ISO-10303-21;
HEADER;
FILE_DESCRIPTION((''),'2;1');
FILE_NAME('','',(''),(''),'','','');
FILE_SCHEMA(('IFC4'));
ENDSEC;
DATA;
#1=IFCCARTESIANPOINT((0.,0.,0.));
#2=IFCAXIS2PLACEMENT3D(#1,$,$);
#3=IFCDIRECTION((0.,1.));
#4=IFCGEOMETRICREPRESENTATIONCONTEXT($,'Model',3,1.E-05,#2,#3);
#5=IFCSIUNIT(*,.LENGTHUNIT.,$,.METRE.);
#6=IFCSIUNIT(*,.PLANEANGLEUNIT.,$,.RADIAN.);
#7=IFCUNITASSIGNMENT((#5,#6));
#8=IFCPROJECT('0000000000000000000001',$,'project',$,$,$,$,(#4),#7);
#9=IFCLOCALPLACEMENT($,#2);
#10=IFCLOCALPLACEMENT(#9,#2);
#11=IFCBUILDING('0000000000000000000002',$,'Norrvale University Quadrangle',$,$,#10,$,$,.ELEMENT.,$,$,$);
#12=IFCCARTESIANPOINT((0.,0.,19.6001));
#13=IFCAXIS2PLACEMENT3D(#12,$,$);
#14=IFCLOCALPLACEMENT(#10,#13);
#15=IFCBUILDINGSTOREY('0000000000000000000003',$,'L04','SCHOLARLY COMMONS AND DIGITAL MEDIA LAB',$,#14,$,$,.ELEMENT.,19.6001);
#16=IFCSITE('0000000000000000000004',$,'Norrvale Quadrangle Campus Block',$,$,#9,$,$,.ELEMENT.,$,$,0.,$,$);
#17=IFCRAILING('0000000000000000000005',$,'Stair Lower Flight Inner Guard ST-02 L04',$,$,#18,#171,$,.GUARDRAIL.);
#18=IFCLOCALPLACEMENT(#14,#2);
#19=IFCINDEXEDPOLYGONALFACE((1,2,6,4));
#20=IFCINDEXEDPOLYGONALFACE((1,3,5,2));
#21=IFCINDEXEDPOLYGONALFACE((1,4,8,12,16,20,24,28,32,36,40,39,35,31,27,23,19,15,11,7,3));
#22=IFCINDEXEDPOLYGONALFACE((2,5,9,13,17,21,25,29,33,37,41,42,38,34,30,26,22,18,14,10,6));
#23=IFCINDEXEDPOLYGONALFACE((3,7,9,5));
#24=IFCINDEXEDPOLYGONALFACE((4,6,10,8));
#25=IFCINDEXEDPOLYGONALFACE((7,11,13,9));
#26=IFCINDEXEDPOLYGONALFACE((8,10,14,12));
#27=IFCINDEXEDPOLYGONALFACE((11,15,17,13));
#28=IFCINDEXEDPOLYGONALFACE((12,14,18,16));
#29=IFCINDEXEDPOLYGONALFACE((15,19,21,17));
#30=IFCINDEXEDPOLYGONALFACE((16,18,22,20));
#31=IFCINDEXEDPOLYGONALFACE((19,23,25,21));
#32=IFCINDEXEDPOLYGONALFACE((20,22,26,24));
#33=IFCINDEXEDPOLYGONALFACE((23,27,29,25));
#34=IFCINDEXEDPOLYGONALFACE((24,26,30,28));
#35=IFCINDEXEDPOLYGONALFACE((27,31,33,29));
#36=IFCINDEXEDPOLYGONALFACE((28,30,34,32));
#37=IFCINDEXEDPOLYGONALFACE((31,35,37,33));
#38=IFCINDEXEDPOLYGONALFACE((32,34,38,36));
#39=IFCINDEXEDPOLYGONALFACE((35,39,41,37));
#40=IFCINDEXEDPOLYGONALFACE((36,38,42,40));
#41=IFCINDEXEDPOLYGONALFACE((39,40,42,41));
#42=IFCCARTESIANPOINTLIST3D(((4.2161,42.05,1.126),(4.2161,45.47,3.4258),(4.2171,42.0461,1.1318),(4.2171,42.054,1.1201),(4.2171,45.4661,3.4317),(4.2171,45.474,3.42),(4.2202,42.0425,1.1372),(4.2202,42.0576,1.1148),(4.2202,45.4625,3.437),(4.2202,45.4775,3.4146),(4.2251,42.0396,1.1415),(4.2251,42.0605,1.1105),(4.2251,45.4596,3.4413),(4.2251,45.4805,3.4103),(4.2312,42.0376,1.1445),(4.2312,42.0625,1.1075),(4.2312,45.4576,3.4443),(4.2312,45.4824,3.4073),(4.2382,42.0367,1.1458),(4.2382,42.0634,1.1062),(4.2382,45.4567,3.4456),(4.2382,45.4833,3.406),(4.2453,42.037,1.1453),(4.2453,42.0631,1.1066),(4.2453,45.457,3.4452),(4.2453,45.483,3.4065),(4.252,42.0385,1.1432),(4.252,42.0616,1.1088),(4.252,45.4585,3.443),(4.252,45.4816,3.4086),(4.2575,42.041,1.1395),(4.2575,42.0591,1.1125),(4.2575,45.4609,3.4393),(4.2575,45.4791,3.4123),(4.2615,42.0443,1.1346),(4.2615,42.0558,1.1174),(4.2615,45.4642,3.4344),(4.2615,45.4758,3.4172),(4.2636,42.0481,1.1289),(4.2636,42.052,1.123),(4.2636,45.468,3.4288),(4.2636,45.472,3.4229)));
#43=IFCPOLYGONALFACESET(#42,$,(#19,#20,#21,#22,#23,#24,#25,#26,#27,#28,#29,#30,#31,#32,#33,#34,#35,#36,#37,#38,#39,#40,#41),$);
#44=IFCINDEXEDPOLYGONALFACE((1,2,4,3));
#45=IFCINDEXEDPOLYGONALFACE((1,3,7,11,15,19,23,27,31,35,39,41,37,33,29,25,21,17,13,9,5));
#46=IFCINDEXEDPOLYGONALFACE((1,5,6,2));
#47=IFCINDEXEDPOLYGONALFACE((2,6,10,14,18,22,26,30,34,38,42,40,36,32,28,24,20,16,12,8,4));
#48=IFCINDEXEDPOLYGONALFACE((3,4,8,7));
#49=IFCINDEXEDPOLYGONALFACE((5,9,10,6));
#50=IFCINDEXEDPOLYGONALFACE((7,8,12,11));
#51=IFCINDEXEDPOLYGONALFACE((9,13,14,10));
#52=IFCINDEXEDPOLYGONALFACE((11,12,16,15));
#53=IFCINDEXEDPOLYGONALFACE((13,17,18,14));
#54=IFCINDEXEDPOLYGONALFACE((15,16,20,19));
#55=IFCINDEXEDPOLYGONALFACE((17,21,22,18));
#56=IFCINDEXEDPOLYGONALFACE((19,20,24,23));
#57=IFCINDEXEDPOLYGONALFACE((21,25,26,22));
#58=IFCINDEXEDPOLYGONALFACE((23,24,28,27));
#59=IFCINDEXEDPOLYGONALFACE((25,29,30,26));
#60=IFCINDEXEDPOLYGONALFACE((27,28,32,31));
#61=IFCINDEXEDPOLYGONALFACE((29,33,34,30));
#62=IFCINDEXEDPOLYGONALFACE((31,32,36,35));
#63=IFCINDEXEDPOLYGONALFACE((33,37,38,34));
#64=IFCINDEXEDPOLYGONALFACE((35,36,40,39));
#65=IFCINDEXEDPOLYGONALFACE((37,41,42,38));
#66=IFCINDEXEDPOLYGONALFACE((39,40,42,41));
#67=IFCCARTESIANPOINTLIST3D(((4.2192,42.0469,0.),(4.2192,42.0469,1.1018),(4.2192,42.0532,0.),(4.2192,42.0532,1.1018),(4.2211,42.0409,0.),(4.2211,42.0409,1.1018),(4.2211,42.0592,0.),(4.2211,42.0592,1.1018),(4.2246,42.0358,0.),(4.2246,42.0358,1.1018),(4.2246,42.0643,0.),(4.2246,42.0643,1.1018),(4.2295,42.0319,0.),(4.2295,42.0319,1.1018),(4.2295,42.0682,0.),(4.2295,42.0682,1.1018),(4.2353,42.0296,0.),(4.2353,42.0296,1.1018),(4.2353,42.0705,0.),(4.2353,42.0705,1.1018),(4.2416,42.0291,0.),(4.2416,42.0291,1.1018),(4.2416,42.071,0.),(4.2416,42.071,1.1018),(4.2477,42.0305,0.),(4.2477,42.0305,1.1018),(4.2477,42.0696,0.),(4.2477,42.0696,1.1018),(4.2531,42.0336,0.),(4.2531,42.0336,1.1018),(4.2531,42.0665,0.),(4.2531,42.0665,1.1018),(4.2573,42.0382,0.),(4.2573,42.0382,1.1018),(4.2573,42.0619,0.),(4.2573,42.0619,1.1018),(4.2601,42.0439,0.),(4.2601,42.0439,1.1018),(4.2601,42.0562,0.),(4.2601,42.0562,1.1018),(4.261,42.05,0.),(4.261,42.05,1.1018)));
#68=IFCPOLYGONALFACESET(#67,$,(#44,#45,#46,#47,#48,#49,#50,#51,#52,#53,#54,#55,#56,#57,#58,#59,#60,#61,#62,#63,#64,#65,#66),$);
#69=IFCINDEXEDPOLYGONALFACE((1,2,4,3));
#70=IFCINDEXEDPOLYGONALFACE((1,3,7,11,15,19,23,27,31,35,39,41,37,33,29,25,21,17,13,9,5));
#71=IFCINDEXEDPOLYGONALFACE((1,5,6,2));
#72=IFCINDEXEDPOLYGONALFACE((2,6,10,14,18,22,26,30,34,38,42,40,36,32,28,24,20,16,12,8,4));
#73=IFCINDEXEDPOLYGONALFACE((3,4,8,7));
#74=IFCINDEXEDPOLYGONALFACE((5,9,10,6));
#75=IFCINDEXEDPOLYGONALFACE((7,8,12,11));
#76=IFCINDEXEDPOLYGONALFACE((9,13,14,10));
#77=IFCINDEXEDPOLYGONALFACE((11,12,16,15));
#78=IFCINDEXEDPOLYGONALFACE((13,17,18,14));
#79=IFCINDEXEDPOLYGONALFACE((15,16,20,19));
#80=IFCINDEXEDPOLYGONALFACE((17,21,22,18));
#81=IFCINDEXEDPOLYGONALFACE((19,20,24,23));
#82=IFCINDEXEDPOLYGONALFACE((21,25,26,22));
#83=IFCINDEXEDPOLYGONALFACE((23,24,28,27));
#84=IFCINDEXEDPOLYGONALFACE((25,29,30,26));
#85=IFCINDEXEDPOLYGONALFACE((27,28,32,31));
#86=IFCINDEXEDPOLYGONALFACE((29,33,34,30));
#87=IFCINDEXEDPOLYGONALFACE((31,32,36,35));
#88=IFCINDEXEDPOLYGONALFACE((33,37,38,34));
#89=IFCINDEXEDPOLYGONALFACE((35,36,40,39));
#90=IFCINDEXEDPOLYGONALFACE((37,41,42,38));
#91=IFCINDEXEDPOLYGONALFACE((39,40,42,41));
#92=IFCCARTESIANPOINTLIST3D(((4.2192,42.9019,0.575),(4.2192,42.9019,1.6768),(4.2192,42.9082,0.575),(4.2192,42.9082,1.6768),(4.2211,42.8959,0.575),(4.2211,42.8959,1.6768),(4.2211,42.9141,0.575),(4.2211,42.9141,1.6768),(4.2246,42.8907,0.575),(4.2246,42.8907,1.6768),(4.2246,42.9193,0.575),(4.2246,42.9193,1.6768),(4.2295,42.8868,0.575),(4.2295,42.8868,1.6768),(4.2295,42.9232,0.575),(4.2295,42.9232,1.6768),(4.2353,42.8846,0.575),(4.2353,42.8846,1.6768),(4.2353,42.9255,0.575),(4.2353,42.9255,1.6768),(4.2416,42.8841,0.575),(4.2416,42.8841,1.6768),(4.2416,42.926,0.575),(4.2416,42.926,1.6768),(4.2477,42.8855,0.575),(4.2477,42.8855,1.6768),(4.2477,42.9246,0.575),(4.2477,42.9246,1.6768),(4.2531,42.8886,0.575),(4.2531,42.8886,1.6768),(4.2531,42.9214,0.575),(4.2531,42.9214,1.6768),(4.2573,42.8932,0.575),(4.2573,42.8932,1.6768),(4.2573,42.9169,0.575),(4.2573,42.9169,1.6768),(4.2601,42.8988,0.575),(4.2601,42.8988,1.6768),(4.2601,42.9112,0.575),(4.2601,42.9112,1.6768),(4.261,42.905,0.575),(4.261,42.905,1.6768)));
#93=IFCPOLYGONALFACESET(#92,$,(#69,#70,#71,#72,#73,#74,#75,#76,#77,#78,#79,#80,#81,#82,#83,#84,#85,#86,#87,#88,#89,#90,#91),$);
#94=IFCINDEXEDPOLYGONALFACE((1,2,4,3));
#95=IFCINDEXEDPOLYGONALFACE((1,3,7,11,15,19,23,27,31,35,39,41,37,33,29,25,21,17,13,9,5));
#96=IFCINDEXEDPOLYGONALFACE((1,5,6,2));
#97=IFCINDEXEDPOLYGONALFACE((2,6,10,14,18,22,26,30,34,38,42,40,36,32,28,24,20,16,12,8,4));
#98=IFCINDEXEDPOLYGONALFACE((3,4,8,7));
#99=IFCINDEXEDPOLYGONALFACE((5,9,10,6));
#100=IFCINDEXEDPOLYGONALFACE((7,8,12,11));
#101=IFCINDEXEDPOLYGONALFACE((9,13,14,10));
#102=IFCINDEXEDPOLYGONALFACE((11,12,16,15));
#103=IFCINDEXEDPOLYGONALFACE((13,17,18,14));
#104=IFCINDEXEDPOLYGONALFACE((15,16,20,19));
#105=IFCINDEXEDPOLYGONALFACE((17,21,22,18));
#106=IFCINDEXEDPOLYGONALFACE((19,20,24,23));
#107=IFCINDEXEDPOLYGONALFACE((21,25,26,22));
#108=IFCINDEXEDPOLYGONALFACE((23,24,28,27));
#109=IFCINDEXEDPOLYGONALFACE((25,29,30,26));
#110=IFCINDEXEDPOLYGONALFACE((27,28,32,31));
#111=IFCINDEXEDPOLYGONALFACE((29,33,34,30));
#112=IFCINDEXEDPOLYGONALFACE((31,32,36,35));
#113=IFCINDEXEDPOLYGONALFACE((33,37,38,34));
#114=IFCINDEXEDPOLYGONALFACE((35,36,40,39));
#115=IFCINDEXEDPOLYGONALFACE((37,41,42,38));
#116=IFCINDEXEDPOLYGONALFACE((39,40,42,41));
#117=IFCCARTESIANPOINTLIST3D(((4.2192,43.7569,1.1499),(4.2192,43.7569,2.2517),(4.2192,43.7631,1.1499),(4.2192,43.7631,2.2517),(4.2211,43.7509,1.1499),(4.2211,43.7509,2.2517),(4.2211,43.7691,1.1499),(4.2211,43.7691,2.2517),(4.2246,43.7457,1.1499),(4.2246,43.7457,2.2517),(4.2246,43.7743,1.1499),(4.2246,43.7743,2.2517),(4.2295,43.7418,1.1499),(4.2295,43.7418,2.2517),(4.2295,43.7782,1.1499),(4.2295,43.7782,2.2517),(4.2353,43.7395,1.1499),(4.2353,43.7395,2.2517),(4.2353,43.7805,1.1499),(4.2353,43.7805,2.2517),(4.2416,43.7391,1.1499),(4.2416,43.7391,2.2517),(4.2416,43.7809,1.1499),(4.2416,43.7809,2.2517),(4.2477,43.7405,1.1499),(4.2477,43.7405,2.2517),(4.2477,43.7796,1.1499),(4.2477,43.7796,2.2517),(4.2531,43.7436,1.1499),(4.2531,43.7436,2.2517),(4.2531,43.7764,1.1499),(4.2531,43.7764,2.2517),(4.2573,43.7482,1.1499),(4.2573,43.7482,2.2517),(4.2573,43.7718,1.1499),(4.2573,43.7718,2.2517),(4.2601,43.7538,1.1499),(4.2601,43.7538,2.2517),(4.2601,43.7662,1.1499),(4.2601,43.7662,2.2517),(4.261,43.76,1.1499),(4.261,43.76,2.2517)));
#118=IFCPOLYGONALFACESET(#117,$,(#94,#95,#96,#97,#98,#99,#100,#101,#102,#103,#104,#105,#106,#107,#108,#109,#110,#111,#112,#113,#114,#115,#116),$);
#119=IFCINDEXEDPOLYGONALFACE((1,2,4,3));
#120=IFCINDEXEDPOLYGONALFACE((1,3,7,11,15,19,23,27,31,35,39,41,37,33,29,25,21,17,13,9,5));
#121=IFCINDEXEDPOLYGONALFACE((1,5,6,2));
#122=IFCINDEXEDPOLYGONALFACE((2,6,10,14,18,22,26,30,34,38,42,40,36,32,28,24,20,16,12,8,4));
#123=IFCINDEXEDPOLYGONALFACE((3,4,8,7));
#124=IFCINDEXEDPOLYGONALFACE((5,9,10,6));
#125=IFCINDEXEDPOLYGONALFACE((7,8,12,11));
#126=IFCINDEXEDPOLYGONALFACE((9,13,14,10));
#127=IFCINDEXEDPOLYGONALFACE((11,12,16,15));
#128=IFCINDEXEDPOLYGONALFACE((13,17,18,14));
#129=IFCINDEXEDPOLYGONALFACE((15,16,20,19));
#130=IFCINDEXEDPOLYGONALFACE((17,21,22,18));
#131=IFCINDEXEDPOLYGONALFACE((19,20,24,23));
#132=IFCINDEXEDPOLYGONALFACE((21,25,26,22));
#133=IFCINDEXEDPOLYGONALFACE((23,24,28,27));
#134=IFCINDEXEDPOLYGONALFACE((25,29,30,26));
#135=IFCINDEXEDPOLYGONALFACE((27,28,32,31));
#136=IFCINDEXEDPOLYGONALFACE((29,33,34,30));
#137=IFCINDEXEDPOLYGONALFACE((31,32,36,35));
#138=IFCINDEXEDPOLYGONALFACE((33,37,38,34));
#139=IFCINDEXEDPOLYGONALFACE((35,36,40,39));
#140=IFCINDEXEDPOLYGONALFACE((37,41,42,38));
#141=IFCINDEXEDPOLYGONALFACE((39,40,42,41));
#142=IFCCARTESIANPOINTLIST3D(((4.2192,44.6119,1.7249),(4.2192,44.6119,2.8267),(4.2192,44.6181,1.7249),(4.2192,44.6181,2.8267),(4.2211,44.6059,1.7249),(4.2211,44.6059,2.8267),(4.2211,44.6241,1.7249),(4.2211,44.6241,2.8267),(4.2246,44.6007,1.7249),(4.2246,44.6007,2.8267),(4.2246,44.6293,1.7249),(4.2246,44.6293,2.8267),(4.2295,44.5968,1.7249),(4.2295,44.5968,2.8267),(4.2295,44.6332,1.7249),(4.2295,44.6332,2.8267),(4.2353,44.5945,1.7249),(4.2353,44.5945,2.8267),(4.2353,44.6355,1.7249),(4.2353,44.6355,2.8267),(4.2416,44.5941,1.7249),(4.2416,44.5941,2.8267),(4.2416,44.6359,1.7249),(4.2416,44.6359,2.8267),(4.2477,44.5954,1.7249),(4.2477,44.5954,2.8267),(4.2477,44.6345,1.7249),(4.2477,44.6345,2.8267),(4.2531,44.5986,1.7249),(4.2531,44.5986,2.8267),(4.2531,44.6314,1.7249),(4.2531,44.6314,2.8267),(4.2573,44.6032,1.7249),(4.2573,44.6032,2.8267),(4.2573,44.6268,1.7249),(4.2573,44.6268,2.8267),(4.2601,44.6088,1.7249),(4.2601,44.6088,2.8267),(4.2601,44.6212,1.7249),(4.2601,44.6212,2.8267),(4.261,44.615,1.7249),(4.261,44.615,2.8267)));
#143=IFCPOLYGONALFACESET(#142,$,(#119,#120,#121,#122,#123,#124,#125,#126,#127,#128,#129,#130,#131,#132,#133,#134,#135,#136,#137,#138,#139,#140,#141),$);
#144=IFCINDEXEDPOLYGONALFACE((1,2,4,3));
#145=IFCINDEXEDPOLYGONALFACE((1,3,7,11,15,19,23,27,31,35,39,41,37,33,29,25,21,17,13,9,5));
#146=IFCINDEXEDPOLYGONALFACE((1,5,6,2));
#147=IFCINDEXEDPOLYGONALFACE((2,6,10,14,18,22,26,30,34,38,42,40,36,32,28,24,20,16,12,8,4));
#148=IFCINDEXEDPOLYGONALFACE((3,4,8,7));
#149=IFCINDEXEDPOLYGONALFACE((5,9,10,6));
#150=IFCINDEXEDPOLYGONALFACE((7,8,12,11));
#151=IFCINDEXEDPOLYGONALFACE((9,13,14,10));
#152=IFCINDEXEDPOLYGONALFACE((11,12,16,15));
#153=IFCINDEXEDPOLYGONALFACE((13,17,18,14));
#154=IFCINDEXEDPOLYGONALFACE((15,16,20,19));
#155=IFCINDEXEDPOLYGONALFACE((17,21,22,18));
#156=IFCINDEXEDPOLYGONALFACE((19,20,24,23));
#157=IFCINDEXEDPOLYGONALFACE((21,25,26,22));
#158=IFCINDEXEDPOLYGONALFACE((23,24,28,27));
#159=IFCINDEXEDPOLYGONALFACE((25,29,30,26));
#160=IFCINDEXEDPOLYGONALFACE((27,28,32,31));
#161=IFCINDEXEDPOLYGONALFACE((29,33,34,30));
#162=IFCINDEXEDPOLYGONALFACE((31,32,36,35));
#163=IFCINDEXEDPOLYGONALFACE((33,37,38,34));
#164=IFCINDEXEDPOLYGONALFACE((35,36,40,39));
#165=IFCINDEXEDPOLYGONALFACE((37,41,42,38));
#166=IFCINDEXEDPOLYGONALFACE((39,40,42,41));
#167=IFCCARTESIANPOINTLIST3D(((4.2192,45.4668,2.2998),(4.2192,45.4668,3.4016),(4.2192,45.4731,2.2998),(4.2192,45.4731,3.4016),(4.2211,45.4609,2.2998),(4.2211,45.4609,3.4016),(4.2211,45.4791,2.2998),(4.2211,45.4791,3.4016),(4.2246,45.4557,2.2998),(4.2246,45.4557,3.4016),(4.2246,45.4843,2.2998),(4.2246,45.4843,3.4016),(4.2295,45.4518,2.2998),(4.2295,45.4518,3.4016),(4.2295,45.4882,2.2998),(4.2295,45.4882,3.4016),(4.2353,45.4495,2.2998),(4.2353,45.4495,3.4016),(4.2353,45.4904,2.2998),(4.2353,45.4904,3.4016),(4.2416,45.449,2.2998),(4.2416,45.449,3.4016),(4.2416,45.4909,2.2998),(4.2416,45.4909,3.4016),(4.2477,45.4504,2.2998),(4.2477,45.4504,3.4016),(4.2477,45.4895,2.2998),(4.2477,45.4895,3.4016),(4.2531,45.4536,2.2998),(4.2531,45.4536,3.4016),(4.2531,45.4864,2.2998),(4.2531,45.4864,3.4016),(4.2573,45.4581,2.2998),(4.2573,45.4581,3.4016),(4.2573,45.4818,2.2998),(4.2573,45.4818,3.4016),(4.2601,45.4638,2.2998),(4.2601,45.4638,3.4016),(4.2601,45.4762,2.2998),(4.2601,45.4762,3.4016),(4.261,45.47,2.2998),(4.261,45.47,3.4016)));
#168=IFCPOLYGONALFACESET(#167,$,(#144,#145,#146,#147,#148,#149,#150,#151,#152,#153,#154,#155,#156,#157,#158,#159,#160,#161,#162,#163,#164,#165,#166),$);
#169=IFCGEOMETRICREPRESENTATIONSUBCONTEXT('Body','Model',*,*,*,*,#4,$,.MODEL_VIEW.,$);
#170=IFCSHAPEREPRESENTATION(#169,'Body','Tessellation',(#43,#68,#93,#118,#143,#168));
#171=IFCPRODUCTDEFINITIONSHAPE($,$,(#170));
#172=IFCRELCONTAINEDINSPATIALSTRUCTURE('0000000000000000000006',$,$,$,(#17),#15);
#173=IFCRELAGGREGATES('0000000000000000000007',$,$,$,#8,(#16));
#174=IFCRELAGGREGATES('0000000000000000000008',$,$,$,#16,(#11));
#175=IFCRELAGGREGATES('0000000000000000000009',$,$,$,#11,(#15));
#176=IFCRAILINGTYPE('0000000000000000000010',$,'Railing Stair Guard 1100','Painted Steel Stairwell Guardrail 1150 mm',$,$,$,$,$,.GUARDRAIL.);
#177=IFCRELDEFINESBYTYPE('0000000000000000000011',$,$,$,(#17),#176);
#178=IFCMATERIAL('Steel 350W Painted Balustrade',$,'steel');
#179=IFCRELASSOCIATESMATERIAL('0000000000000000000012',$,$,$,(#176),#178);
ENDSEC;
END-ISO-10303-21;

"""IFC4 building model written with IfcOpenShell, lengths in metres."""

from ifc_helpers import new_model, si_unit, direction, frame, origin, origin_2d, place, context, subcontext, project, spatial, circle, extrude, material, type_object, element, save


model = new_model("IFC4")

# Units and contexts
model_context = context("Model", 3, precision=1e-05, world=origin(), true_north=direction((0.0, 1.0)))
body_context = subcontext(model_context, "Body", "Model", "MODEL_VIEW")
ifc_project = project(units=[si_unit("LENGTHUNIT", "METRE"), si_unit("PLANEANGLEUNIT", "RADIAN")], contexts=[model_context])

# Site, building, storey
site_placement = place(None, origin())
site = spatial("IfcSite", under=ifc_project, at=site_placement, Name="Norrvale Quadrangle Campus Block", CompositionType="ELEMENT", RefElevation=0.0)
building_placement = place(site_placement, origin())
building = spatial("IfcBuilding", under=site, at=building_placement, Name="Norrvale University Quadrangle", CompositionType="ELEMENT")
storey_placement = place(building_placement, frame((0.0, 0.0, 19.6001)))
storey = spatial("IfcBuildingStorey", under=building, at=storey_placement, Name="L04", Description="SCHOLARLY COMMONS AND DIGITAL MEDIA LAB", CompositionType="ELEMENT", Elevation=19.6001)

# Railing
ifc_material_1 = material(Name="Steel 350W Painted Balustrade", Category="steel")
railing_type_1 = type_object("IfcRailingType", Name="Railing Stair Guard 1100", Description="Painted Steel Stairwell Guardrail 1150 mm", PredefinedType="GUARDRAIL", material=ifc_material_1)
railing_1_placement = place(storey_placement, frame((4.24, 42.05, 0.0)))
element("IfcRailing", 1, at=railing_1_placement, inside=storey, type_object=railing_type_1, Name="Stair Lower Flight Inner Guard ST-02 L04", PredefinedType="GUARDRAIL", context=body_context, shape_type="SweptSolid", body=[
    extrude(circle(Radius=0.0239, at=origin_2d()), frame((0.0, 0.0, 1.126), z_axis=(0.0, 0.82982, 0.558031), x_axis=(-1.0, 0.0, 0.0)), (0.0, 0.0, 1.0), 4.1213),
    extrude(circle(Radius=0.021, at=origin_2d()), origin(), (0.0, 0.0, 1.0), 1.1018),
    extrude(circle(Radius=0.021, at=origin_2d()), frame((0.0, 0.855, 0.575)), (0.0, 0.0, 1.0), 1.1018),
    extrude(circle(Radius=0.021, at=origin_2d()), frame((0.0, 1.71, 1.1499)), (0.0, 0.0, 1.0), 1.1018),
    extrude(circle(Radius=0.021, at=origin_2d()), frame((0.0, 2.5649, 1.7249)), (0.0, 0.0, 1.0), 1.1018),
    extrude(circle(Radius=0.021, at=origin_2d()), frame((0.0, 3.4199, 2.2998)), (0.0, 0.0, 1.0), 1.1018),
])

save(model, "model.ifc")
